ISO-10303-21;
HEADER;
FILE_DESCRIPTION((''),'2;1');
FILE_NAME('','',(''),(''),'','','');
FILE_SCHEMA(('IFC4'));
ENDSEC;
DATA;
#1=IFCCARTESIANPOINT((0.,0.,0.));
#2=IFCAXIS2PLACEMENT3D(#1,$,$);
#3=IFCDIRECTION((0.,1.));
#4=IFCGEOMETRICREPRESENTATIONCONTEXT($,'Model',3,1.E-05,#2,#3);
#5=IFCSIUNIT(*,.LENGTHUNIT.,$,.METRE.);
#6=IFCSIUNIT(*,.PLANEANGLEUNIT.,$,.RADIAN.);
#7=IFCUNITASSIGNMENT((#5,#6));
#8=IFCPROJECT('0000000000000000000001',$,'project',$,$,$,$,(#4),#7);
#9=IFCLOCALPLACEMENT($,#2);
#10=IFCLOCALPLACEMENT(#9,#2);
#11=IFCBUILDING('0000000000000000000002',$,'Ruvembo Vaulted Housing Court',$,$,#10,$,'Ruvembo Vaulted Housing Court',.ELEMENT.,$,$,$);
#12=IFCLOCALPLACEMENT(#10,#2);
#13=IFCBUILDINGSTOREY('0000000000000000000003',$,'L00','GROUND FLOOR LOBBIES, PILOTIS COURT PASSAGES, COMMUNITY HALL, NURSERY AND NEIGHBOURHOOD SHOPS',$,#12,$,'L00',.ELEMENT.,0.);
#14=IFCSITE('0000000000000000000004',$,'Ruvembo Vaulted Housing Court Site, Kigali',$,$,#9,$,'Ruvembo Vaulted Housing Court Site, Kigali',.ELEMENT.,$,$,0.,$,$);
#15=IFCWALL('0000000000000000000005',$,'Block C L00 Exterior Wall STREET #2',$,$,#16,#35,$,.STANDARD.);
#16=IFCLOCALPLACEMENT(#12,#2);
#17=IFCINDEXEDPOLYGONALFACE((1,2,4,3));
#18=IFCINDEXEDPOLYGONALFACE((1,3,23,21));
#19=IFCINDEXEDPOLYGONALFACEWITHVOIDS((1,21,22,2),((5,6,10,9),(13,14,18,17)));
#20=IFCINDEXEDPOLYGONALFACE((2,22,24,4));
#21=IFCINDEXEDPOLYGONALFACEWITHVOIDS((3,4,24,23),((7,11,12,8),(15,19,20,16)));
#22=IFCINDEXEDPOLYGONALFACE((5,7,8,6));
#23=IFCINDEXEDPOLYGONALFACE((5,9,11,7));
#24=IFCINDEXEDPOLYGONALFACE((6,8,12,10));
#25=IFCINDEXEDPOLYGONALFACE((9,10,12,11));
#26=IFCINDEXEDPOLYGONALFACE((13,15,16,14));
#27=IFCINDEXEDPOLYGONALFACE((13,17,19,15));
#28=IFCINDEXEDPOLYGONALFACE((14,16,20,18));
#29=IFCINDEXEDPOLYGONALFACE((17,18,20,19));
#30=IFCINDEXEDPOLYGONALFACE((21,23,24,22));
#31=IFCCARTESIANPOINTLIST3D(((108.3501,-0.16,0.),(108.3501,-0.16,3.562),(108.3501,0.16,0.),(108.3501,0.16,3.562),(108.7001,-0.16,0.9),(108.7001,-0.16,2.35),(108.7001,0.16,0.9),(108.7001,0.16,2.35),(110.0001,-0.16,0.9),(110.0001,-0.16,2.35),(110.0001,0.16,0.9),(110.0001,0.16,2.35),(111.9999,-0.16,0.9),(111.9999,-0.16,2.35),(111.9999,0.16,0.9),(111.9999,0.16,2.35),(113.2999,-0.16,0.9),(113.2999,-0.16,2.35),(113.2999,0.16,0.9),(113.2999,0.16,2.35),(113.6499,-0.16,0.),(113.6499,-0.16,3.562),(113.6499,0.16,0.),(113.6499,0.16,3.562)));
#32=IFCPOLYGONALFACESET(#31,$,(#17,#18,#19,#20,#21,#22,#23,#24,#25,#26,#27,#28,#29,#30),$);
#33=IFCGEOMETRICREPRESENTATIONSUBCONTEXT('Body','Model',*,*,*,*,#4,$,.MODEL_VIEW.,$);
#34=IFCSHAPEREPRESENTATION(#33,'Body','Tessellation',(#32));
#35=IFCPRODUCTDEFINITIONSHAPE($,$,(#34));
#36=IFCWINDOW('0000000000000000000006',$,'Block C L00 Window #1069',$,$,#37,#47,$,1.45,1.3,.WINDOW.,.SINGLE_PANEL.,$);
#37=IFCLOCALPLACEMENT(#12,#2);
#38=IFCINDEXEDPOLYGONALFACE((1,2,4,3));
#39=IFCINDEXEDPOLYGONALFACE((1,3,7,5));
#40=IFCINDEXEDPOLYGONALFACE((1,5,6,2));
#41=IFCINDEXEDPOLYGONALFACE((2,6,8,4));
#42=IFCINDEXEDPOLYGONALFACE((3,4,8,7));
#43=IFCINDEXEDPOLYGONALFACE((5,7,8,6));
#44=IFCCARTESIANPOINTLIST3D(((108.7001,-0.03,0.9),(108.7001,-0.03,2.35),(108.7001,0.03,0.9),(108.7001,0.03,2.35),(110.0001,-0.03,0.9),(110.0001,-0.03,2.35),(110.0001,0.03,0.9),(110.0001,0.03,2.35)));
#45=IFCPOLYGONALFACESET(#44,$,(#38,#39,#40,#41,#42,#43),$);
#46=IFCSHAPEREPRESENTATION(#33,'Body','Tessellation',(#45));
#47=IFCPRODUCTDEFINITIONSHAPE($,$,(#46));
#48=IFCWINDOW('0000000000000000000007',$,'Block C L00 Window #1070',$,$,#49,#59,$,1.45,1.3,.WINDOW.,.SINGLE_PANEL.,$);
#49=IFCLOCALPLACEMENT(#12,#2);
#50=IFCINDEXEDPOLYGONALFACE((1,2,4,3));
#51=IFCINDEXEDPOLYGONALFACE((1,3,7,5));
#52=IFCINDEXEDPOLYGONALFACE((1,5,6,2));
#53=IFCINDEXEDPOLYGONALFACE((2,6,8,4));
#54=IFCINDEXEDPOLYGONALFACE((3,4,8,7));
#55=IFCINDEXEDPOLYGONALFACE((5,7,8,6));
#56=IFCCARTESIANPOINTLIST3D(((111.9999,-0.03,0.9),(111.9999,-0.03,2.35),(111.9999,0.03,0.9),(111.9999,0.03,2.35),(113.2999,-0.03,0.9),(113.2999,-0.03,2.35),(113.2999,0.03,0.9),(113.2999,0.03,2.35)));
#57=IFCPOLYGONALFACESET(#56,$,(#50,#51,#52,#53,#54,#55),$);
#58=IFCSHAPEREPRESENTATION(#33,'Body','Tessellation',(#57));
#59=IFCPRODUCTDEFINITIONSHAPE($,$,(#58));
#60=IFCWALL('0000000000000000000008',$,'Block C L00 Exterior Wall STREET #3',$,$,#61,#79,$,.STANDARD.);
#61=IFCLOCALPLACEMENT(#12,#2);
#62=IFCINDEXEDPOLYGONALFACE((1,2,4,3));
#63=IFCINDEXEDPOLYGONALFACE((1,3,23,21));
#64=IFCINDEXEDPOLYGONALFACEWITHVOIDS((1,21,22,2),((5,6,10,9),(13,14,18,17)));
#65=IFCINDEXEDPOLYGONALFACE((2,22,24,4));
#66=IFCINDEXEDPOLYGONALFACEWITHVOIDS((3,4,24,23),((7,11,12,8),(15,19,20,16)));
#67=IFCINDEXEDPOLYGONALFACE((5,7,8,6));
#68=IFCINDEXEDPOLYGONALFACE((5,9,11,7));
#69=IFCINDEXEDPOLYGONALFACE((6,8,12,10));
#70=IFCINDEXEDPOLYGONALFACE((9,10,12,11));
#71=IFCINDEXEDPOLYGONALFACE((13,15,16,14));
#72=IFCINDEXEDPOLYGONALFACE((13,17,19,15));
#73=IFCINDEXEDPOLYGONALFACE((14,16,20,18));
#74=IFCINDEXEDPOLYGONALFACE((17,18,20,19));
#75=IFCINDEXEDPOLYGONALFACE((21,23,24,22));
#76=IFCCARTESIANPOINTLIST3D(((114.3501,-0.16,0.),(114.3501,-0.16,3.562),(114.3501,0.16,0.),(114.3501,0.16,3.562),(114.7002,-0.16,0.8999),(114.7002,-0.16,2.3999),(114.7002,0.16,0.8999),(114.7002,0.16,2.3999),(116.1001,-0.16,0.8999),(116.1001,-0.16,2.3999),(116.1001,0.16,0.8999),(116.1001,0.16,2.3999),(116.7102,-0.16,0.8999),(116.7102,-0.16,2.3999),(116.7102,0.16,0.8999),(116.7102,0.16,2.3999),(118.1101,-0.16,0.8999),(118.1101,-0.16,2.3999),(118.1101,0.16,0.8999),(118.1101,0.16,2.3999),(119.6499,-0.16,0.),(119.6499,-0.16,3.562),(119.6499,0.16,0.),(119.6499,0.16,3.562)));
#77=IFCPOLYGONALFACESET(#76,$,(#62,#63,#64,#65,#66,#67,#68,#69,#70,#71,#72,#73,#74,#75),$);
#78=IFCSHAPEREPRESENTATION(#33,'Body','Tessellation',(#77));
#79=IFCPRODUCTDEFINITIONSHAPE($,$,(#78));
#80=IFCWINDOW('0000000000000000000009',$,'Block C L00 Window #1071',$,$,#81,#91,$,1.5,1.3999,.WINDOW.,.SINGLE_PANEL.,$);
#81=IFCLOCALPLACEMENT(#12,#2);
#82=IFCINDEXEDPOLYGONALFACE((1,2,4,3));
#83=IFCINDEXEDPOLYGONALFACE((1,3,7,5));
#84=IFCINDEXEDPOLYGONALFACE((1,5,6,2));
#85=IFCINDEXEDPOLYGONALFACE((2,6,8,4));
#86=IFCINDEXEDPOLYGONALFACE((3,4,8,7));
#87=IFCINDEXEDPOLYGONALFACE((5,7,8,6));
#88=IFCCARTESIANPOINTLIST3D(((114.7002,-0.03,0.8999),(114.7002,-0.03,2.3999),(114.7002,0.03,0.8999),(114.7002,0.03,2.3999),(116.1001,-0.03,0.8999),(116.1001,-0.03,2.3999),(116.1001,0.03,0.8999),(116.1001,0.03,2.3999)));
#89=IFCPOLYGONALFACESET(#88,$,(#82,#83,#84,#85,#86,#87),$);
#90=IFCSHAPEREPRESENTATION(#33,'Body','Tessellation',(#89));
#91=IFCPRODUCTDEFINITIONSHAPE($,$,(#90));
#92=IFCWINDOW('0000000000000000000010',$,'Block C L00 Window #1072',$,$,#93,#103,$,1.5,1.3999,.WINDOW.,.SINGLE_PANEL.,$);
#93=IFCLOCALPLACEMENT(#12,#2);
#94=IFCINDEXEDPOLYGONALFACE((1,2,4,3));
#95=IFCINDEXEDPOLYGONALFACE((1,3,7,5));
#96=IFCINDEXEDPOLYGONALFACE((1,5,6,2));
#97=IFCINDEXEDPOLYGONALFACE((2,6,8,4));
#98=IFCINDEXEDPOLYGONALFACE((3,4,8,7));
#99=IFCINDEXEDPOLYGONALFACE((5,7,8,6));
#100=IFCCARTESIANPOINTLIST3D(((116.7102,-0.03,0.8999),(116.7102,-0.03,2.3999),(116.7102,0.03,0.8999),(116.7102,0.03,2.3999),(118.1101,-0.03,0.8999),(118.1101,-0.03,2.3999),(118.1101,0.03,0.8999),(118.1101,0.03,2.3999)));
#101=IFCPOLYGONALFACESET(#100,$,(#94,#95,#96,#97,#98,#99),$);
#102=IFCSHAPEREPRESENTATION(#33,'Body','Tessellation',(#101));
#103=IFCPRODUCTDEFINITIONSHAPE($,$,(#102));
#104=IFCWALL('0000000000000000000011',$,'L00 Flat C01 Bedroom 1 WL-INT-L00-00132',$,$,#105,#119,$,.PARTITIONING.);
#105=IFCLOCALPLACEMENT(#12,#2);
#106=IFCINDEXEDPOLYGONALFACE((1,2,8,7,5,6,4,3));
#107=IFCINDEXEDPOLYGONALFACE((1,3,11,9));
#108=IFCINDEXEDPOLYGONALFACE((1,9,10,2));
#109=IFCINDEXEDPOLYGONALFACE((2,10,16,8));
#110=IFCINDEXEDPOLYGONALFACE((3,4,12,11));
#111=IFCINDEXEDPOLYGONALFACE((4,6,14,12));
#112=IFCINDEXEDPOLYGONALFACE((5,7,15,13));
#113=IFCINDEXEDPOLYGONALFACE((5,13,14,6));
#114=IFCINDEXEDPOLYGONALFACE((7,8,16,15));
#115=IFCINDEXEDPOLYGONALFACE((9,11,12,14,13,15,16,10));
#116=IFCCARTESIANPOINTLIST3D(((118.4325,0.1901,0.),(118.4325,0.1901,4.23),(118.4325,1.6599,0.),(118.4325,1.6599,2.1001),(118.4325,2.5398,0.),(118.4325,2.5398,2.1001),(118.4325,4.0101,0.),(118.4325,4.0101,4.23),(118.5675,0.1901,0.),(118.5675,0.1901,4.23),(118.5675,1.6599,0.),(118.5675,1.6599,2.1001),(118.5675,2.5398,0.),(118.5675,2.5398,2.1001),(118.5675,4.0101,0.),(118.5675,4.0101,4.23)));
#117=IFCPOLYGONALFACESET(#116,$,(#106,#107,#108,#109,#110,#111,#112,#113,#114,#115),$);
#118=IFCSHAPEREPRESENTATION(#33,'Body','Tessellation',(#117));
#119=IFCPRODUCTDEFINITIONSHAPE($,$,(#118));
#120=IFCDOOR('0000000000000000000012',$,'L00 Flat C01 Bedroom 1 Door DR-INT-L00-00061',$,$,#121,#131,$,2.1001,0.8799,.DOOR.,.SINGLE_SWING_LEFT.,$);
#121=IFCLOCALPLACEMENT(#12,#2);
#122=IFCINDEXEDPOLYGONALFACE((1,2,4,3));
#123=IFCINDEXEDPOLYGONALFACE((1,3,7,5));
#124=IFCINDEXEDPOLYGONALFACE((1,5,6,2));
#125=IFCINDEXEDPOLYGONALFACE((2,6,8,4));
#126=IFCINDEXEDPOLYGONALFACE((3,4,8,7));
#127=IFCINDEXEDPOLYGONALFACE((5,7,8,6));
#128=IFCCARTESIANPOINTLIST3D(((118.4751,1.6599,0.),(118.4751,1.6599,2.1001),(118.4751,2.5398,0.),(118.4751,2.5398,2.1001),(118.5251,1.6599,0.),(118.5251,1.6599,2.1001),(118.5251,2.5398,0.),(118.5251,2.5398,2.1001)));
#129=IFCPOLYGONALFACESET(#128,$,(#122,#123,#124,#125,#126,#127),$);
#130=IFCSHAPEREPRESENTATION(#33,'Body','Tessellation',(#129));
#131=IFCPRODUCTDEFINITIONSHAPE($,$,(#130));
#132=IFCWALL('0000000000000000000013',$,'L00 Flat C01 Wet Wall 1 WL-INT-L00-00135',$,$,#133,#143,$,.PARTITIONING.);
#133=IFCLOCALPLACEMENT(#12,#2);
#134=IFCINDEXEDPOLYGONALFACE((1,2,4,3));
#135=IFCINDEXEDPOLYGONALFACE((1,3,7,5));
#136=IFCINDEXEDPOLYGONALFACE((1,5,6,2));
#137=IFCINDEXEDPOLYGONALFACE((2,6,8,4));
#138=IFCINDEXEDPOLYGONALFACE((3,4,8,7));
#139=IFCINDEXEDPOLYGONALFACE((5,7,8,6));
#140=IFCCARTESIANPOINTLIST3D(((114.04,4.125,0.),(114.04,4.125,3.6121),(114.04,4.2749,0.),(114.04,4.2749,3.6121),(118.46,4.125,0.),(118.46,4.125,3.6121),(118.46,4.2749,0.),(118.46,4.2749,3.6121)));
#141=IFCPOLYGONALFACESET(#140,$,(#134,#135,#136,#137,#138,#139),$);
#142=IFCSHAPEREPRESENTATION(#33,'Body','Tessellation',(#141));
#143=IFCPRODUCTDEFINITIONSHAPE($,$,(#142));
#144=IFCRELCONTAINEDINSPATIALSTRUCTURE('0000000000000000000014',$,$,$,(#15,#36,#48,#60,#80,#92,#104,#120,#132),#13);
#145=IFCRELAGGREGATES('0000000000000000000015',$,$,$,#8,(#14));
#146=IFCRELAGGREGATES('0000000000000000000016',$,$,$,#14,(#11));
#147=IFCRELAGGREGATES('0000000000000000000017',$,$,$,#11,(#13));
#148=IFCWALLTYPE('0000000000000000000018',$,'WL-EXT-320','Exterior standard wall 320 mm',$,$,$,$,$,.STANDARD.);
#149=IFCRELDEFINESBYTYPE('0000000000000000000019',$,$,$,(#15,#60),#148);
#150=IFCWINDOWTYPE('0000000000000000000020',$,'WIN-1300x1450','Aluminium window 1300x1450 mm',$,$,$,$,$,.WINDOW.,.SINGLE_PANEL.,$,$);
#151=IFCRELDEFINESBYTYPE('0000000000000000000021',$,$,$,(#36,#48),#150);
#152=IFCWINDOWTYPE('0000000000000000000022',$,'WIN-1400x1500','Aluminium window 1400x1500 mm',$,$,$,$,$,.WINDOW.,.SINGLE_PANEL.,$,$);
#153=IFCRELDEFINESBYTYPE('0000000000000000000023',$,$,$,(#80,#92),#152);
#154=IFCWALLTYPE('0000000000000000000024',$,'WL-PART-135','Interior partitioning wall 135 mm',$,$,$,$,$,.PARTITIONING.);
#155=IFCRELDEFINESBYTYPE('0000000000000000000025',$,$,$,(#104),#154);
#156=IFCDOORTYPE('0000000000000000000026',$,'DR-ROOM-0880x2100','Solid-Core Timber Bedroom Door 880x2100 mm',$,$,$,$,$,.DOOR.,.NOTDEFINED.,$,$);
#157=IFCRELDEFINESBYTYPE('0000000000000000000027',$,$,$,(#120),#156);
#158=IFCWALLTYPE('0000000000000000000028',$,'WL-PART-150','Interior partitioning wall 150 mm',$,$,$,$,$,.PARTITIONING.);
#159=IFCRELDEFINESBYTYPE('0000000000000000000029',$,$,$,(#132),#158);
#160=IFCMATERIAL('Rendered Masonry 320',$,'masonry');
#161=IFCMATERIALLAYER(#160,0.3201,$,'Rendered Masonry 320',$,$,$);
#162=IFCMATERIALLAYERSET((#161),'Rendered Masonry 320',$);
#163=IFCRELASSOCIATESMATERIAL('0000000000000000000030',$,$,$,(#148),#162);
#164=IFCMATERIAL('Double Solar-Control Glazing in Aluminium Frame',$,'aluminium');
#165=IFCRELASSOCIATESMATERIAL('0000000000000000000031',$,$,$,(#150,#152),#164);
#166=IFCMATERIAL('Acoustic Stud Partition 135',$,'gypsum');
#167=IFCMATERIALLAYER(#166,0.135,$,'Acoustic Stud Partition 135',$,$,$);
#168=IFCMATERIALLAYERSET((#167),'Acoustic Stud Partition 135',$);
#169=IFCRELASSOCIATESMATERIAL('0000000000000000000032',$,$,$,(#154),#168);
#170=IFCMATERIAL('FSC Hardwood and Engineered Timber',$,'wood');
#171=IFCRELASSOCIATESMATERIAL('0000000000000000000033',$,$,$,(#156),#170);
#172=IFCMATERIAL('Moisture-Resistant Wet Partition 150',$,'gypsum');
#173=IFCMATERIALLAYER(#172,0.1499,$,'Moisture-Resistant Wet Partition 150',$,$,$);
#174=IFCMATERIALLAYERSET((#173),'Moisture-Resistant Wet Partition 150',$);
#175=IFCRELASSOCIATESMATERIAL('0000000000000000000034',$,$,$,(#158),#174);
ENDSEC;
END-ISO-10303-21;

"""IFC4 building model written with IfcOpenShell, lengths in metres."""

from ifc_helpers import new_model, si_unit, direction, frame, frame_2d, origin, place, context, subcontext, project, spatial, rectangle, extrude, material, layer, layer_set, type_object, element, fill, save


model = new_model("IFC4")

# Units and contexts
model_context = context("Model", 3, precision=1e-05, world=origin(), true_north=direction((0.0, 1.0)))
body_context = subcontext(model_context, "Body", "Model", "MODEL_VIEW")
ifc_project = project(units=[si_unit("LENGTHUNIT", "METRE"), si_unit("PLANEANGLEUNIT", "RADIAN")], contexts=[model_context])

# Site, building, storey
site_placement = place(None, origin())
site = spatial("IfcSite", under=ifc_project, at=site_placement, Name="Ruvembo Vaulted Housing Court Site, Kigali", LongName="Ruvembo Vaulted Housing Court Site, Kigali", CompositionType="ELEMENT", RefElevation=0.0)
building_placement = place(site_placement, origin())
building = spatial("IfcBuilding", under=site, at=building_placement, Name="Ruvembo Vaulted Housing Court", LongName="Ruvembo Vaulted Housing Court", CompositionType="ELEMENT")
storey_placement = place(building_placement, origin())
storey = spatial("IfcBuildingStorey", under=building, at=storey_placement, Name="L00", Description="GROUND FLOOR LOBBIES, PILOTIS COURT PASSAGES, COMMUNITY HALL, NURSERY AND NEIGHBOURHOOD SHOPS", LongName="L00", CompositionType="ELEMENT", Elevation=0.0)

# Walls, openings, windows
ifc_material_1 = material(Name="Rendered Masonry 320", Category="masonry")
ifc_layer_1 = layer(ifc_material_1, 0.3201, Name="Rendered Masonry 320")
ifc_layer_set_1 = layer_set([ifc_layer_1], Name="Rendered Masonry 320")
wall_type_1 = type_object("IfcWallType", Name="WL-EXT-320", Description="Exterior standard wall 320 mm", PredefinedType="STANDARD", material=ifc_layer_set_1)
wall_1_placement = place(storey_placement, frame((108.3501, 0.0, 0.0), z_axis=(0.0, 0.0, 1.0), x_axis=(1.0, 0.0, 0.0)))
wall_1 = element("IfcWall", 1, at=wall_1_placement, inside=storey, type_object=wall_type_1, Name="Block C L00 Exterior Wall STREET #2", PredefinedType="STANDARD", context=body_context, shape_type="SweptSolid", body=[
    extrude(rectangle(XDim=5.2998, YDim=0.3201, at=frame_2d((2.6499, 0.0))), origin(), (0.0, 0.0, 1.0), 3.562),
])
opening_1_placement = place(wall_1_placement, frame((0.3501, 0.0, 0.8999)))
opening_1 = element("IfcOpeningElement", 2, at=opening_1_placement, cuts=wall_1, PredefinedType="OPENING", context=body_context, shape_type="SweptSolid", body=[
    extrude(rectangle(XDim=1.3, YDim=1.45, at=frame_2d((0.6499, 0.7251))), frame((0.0, 0.1699, 0.0), z_axis=(0.0, -1.0, 0.0), x_axis=(1.0, 0.0, 0.0)), (0.0, 0.0, 1.0), 0.3401),
])
opening_2_placement = place(wall_1_placement, frame((3.6499, 0.0, 0.8999)))
opening_2 = element("IfcOpeningElement", 3, at=opening_2_placement, cuts=wall_1, PredefinedType="OPENING", context=body_context, shape_type="SweptSolid", body=[
    extrude(rectangle(XDim=1.3, YDim=1.45, at=frame_2d((0.6499, 0.7251))), frame((0.0, 0.1699, 0.0), z_axis=(0.0, -1.0, 0.0), x_axis=(1.0, 0.0, 0.0)), (0.0, 0.0, 1.0), 0.3401),
])
ifc_material_2 = material(Name="Double Solar-Control Glazing in Aluminium Frame", Category="aluminium")
window_type_1 = type_object("IfcWindowType", Name="WIN-1300x1450", Description="Aluminium window 1300x1450 mm", PartitioningType="SINGLE_PANEL", PredefinedType="WINDOW", material=ifc_material_2)
window_1_placement = place(opening_1_placement, origin())
window_1 = element("IfcWindow", 4, at=window_1_placement, inside=storey, type_object=window_type_1, Name="Block C L00 Window #1069", OverallHeight=1.45, OverallWidth=1.3, PartitioningType="SINGLE_PANEL", PredefinedType="WINDOW", context=body_context, shape_type="SweptSolid", body=[
    extrude(rectangle(XDim=1.3, YDim=1.45, at=frame_2d((0.6499, 0.7251))), frame((0.0, 0.03, 0.0), z_axis=(0.0, -1.0, 0.0), x_axis=(1.0, 0.0, 0.0)), (0.0, 0.0, 1.0), 0.0601),
])
fill(opening_1, window_1)
window_2_placement = place(opening_2_placement, origin())
window_2 = element("IfcWindow", 5, at=window_2_placement, inside=storey, type_object=window_type_1, Name="Block C L00 Window #1070", OverallHeight=1.45, OverallWidth=1.3, PartitioningType="SINGLE_PANEL", PredefinedType="WINDOW", context=body_context, shape_type="SweptSolid", body=[
    extrude(rectangle(XDim=1.3, YDim=1.45, at=frame_2d((0.6499, 0.7251))), frame((0.0, 0.03, 0.0), z_axis=(0.0, -1.0, 0.0), x_axis=(1.0, 0.0, 0.0)), (0.0, 0.0, 1.0), 0.0601),
])
fill(opening_2, window_2)
wall_2_placement = place(storey_placement, frame((114.3501, 0.0, 0.0), z_axis=(0.0, 0.0, 1.0), x_axis=(1.0, 0.0, 0.0)))
wall_2 = element("IfcWall", 6, at=wall_2_placement, inside=storey, type_object=wall_type_1, Name="Block C L00 Exterior Wall STREET #3", PredefinedType="STANDARD", context=body_context, shape_type="SweptSolid", body=[
    extrude(rectangle(XDim=5.2998, YDim=0.3201, at=frame_2d((2.6499, 0.0))), origin(), (0.0, 0.0, 1.0), 3.562),
])
opening_3_placement = place(wall_2_placement, frame((0.3501, 0.0, 0.8999)))
opening_3 = element("IfcOpeningElement", 7, at=opening_3_placement, cuts=wall_2, PredefinedType="OPENING", context=body_context, shape_type="SweptSolid", body=[
    extrude(rectangle(XDim=1.3999, YDim=1.5, at=frame_2d((0.7, 0.75))), frame((0.0, 0.1699, 0.0), z_axis=(0.0, -1.0, 0.0), x_axis=(1.0, 0.0, 0.0)), (0.0, 0.0, 1.0), 0.3401),
])
opening_4_placement = place(wall_2_placement, frame((2.3601, 0.0, 0.8999)))
opening_4 = element("IfcOpeningElement", 8, at=opening_4_placement, cuts=wall_2, PredefinedType="OPENING", context=body_context, shape_type="SweptSolid", body=[
    extrude(rectangle(XDim=1.3999, YDim=1.5, at=frame_2d((0.7, 0.75))), frame((0.0, 0.1699, 0.0), z_axis=(0.0, -1.0, 0.0), x_axis=(1.0, 0.0, 0.0)), (0.0, 0.0, 1.0), 0.3401),
])
window_type_2 = type_object("IfcWindowType", Name="WIN-1400x1500", Description="Aluminium window 1400x1500 mm", PartitioningType="SINGLE_PANEL", PredefinedType="WINDOW", material=ifc_material_2)
window_3_placement = place(opening_3_placement, origin())
window_3 = element("IfcWindow", 9, at=window_3_placement, inside=storey, type_object=window_type_2, Name="Block C L00 Window #1071", OverallHeight=1.5, OverallWidth=1.3999, PartitioningType="SINGLE_PANEL", PredefinedType="WINDOW", context=body_context, shape_type="SweptSolid", body=[
    extrude(rectangle(XDim=1.3999, YDim=1.5, at=frame_2d((0.7, 0.75))), frame((0.0, 0.03, 0.0), z_axis=(0.0, -1.0, 0.0), x_axis=(1.0, 0.0, 0.0)), (0.0, 0.0, 1.0), 0.0601),
])
fill(opening_3, window_3)
window_4_placement = place(opening_4_placement, origin())
window_4 = element("IfcWindow", 10, at=window_4_placement, inside=storey, type_object=window_type_2, Name="Block C L00 Window #1072", OverallHeight=1.5, OverallWidth=1.3999, PartitioningType="SINGLE_PANEL", PredefinedType="WINDOW", context=body_context, shape_type="SweptSolid", body=[
    extrude(rectangle(XDim=1.3999, YDim=1.5, at=frame_2d((0.7, 0.75))), frame((0.0, 0.03, 0.0), z_axis=(0.0, -1.0, 0.0), x_axis=(1.0, 0.0, 0.0)), (0.0, 0.0, 1.0), 0.0601),
])
fill(opening_4, window_4)

# Wall, opening, door
ifc_material_3 = material(Name="Acoustic Stud Partition 135", Category="gypsum")
ifc_layer_2 = layer(ifc_material_3, 0.135, Name="Acoustic Stud Partition 135")
ifc_layer_set_2 = layer_set([ifc_layer_2], Name="Acoustic Stud Partition 135")
wall_type_2 = type_object("IfcWallType", Name="WL-PART-135", Description="Interior partitioning wall 135 mm", PredefinedType="PARTITIONING", material=ifc_layer_set_2)
wall_3_placement = place(storey_placement, frame((118.5, 0.1899, 0.0), z_axis=(0.0, 0.0, 1.0), x_axis=(0.0, 1.0, 0.0)))
wall_3 = element("IfcWall", 11, at=wall_3_placement, inside=storey, type_object=wall_type_2, Name="L00 Flat C01 Bedroom 1 WL-INT-L00-00132", PredefinedType="PARTITIONING", context=body_context, shape_type="SweptSolid", body=[
    extrude(rectangle(XDim=3.8201, YDim=0.135, at=frame_2d((1.9102, 0.0))), origin(), (0.0, 0.0, 1.0), 4.23),
])
opening_5_placement = place(wall_3_placement, frame((1.47, 0.0, 0.0)))
opening_5 = element("IfcOpeningElement", 12, at=opening_5_placement, cuts=wall_3, PredefinedType="OPENING", context=body_context, shape_type="SweptSolid", body=[
    extrude(rectangle(XDim=0.8799, YDim=2.1001, at=frame_2d((0.4399, 1.05))), frame((0.0, 0.0774, 0.0), z_axis=(0.0, -1.0, 0.0), x_axis=(1.0, 0.0, 0.0)), (0.0, 0.0, 1.0), 0.155),
])
ifc_material_4 = material(Name="FSC Hardwood and Engineered Timber", Category="wood")
door_type_1 = type_object("IfcDoorType", Name="DR-ROOM-0880x2100", Description="Solid-Core Timber Bedroom Door 880x2100 mm", OperationType="NOTDEFINED", PredefinedType="DOOR", material=ifc_material_4)
door_1_placement = place(opening_5_placement, origin())
door_1 = element("IfcDoor", 13, at=door_1_placement, inside=storey, type_object=door_type_1, Name="L00 Flat C01 Bedroom 1 Door DR-INT-L00-00061", OperationType="SINGLE_SWING_LEFT", OverallHeight=2.1001, OverallWidth=0.8799, PredefinedType="DOOR", context=body_context, shape_type="SweptSolid", body=[
    extrude(rectangle(XDim=0.8799, YDim=2.1001, at=frame_2d((0.4399, 1.05))), frame((0.0, 0.0249, 0.0), z_axis=(0.0, -1.0, 0.0), x_axis=(1.0, 0.0, 0.0)), (0.0, 0.0, 1.0), 0.05),
])
fill(opening_5, door_1)

# Wall
ifc_material_5 = material(Name="Moisture-Resistant Wet Partition 150", Category="gypsum")
ifc_layer_3 = layer(ifc_material_5, 0.1499, Name="Moisture-Resistant Wet Partition 150")
ifc_layer_set_3 = layer_set([ifc_layer_3], Name="Moisture-Resistant Wet Partition 150")
wall_type_3 = type_object("IfcWallType", Name="WL-PART-150", Description="Interior partitioning wall 150 mm", PredefinedType="PARTITIONING", material=ifc_layer_set_3)
wall_4_placement = place(storey_placement, frame((114.04, 4.2, 0.0), z_axis=(0.0, 0.0, 1.0), x_axis=(1.0, 0.0, 0.0)))
element("IfcWall", 14, at=wall_4_placement, inside=storey, type_object=wall_type_3, Name="L00 Flat C01 Wet Wall 1 WL-INT-L00-00135", PredefinedType="PARTITIONING", context=body_context, shape_type="SweptSolid", body=[
    extrude(rectangle(XDim=4.4199, YDim=0.1499, at=frame_2d((2.21, 0.0))), origin(), (0.0, 0.0, 1.0), 3.6121),
])

save(model, "model.ifc")
